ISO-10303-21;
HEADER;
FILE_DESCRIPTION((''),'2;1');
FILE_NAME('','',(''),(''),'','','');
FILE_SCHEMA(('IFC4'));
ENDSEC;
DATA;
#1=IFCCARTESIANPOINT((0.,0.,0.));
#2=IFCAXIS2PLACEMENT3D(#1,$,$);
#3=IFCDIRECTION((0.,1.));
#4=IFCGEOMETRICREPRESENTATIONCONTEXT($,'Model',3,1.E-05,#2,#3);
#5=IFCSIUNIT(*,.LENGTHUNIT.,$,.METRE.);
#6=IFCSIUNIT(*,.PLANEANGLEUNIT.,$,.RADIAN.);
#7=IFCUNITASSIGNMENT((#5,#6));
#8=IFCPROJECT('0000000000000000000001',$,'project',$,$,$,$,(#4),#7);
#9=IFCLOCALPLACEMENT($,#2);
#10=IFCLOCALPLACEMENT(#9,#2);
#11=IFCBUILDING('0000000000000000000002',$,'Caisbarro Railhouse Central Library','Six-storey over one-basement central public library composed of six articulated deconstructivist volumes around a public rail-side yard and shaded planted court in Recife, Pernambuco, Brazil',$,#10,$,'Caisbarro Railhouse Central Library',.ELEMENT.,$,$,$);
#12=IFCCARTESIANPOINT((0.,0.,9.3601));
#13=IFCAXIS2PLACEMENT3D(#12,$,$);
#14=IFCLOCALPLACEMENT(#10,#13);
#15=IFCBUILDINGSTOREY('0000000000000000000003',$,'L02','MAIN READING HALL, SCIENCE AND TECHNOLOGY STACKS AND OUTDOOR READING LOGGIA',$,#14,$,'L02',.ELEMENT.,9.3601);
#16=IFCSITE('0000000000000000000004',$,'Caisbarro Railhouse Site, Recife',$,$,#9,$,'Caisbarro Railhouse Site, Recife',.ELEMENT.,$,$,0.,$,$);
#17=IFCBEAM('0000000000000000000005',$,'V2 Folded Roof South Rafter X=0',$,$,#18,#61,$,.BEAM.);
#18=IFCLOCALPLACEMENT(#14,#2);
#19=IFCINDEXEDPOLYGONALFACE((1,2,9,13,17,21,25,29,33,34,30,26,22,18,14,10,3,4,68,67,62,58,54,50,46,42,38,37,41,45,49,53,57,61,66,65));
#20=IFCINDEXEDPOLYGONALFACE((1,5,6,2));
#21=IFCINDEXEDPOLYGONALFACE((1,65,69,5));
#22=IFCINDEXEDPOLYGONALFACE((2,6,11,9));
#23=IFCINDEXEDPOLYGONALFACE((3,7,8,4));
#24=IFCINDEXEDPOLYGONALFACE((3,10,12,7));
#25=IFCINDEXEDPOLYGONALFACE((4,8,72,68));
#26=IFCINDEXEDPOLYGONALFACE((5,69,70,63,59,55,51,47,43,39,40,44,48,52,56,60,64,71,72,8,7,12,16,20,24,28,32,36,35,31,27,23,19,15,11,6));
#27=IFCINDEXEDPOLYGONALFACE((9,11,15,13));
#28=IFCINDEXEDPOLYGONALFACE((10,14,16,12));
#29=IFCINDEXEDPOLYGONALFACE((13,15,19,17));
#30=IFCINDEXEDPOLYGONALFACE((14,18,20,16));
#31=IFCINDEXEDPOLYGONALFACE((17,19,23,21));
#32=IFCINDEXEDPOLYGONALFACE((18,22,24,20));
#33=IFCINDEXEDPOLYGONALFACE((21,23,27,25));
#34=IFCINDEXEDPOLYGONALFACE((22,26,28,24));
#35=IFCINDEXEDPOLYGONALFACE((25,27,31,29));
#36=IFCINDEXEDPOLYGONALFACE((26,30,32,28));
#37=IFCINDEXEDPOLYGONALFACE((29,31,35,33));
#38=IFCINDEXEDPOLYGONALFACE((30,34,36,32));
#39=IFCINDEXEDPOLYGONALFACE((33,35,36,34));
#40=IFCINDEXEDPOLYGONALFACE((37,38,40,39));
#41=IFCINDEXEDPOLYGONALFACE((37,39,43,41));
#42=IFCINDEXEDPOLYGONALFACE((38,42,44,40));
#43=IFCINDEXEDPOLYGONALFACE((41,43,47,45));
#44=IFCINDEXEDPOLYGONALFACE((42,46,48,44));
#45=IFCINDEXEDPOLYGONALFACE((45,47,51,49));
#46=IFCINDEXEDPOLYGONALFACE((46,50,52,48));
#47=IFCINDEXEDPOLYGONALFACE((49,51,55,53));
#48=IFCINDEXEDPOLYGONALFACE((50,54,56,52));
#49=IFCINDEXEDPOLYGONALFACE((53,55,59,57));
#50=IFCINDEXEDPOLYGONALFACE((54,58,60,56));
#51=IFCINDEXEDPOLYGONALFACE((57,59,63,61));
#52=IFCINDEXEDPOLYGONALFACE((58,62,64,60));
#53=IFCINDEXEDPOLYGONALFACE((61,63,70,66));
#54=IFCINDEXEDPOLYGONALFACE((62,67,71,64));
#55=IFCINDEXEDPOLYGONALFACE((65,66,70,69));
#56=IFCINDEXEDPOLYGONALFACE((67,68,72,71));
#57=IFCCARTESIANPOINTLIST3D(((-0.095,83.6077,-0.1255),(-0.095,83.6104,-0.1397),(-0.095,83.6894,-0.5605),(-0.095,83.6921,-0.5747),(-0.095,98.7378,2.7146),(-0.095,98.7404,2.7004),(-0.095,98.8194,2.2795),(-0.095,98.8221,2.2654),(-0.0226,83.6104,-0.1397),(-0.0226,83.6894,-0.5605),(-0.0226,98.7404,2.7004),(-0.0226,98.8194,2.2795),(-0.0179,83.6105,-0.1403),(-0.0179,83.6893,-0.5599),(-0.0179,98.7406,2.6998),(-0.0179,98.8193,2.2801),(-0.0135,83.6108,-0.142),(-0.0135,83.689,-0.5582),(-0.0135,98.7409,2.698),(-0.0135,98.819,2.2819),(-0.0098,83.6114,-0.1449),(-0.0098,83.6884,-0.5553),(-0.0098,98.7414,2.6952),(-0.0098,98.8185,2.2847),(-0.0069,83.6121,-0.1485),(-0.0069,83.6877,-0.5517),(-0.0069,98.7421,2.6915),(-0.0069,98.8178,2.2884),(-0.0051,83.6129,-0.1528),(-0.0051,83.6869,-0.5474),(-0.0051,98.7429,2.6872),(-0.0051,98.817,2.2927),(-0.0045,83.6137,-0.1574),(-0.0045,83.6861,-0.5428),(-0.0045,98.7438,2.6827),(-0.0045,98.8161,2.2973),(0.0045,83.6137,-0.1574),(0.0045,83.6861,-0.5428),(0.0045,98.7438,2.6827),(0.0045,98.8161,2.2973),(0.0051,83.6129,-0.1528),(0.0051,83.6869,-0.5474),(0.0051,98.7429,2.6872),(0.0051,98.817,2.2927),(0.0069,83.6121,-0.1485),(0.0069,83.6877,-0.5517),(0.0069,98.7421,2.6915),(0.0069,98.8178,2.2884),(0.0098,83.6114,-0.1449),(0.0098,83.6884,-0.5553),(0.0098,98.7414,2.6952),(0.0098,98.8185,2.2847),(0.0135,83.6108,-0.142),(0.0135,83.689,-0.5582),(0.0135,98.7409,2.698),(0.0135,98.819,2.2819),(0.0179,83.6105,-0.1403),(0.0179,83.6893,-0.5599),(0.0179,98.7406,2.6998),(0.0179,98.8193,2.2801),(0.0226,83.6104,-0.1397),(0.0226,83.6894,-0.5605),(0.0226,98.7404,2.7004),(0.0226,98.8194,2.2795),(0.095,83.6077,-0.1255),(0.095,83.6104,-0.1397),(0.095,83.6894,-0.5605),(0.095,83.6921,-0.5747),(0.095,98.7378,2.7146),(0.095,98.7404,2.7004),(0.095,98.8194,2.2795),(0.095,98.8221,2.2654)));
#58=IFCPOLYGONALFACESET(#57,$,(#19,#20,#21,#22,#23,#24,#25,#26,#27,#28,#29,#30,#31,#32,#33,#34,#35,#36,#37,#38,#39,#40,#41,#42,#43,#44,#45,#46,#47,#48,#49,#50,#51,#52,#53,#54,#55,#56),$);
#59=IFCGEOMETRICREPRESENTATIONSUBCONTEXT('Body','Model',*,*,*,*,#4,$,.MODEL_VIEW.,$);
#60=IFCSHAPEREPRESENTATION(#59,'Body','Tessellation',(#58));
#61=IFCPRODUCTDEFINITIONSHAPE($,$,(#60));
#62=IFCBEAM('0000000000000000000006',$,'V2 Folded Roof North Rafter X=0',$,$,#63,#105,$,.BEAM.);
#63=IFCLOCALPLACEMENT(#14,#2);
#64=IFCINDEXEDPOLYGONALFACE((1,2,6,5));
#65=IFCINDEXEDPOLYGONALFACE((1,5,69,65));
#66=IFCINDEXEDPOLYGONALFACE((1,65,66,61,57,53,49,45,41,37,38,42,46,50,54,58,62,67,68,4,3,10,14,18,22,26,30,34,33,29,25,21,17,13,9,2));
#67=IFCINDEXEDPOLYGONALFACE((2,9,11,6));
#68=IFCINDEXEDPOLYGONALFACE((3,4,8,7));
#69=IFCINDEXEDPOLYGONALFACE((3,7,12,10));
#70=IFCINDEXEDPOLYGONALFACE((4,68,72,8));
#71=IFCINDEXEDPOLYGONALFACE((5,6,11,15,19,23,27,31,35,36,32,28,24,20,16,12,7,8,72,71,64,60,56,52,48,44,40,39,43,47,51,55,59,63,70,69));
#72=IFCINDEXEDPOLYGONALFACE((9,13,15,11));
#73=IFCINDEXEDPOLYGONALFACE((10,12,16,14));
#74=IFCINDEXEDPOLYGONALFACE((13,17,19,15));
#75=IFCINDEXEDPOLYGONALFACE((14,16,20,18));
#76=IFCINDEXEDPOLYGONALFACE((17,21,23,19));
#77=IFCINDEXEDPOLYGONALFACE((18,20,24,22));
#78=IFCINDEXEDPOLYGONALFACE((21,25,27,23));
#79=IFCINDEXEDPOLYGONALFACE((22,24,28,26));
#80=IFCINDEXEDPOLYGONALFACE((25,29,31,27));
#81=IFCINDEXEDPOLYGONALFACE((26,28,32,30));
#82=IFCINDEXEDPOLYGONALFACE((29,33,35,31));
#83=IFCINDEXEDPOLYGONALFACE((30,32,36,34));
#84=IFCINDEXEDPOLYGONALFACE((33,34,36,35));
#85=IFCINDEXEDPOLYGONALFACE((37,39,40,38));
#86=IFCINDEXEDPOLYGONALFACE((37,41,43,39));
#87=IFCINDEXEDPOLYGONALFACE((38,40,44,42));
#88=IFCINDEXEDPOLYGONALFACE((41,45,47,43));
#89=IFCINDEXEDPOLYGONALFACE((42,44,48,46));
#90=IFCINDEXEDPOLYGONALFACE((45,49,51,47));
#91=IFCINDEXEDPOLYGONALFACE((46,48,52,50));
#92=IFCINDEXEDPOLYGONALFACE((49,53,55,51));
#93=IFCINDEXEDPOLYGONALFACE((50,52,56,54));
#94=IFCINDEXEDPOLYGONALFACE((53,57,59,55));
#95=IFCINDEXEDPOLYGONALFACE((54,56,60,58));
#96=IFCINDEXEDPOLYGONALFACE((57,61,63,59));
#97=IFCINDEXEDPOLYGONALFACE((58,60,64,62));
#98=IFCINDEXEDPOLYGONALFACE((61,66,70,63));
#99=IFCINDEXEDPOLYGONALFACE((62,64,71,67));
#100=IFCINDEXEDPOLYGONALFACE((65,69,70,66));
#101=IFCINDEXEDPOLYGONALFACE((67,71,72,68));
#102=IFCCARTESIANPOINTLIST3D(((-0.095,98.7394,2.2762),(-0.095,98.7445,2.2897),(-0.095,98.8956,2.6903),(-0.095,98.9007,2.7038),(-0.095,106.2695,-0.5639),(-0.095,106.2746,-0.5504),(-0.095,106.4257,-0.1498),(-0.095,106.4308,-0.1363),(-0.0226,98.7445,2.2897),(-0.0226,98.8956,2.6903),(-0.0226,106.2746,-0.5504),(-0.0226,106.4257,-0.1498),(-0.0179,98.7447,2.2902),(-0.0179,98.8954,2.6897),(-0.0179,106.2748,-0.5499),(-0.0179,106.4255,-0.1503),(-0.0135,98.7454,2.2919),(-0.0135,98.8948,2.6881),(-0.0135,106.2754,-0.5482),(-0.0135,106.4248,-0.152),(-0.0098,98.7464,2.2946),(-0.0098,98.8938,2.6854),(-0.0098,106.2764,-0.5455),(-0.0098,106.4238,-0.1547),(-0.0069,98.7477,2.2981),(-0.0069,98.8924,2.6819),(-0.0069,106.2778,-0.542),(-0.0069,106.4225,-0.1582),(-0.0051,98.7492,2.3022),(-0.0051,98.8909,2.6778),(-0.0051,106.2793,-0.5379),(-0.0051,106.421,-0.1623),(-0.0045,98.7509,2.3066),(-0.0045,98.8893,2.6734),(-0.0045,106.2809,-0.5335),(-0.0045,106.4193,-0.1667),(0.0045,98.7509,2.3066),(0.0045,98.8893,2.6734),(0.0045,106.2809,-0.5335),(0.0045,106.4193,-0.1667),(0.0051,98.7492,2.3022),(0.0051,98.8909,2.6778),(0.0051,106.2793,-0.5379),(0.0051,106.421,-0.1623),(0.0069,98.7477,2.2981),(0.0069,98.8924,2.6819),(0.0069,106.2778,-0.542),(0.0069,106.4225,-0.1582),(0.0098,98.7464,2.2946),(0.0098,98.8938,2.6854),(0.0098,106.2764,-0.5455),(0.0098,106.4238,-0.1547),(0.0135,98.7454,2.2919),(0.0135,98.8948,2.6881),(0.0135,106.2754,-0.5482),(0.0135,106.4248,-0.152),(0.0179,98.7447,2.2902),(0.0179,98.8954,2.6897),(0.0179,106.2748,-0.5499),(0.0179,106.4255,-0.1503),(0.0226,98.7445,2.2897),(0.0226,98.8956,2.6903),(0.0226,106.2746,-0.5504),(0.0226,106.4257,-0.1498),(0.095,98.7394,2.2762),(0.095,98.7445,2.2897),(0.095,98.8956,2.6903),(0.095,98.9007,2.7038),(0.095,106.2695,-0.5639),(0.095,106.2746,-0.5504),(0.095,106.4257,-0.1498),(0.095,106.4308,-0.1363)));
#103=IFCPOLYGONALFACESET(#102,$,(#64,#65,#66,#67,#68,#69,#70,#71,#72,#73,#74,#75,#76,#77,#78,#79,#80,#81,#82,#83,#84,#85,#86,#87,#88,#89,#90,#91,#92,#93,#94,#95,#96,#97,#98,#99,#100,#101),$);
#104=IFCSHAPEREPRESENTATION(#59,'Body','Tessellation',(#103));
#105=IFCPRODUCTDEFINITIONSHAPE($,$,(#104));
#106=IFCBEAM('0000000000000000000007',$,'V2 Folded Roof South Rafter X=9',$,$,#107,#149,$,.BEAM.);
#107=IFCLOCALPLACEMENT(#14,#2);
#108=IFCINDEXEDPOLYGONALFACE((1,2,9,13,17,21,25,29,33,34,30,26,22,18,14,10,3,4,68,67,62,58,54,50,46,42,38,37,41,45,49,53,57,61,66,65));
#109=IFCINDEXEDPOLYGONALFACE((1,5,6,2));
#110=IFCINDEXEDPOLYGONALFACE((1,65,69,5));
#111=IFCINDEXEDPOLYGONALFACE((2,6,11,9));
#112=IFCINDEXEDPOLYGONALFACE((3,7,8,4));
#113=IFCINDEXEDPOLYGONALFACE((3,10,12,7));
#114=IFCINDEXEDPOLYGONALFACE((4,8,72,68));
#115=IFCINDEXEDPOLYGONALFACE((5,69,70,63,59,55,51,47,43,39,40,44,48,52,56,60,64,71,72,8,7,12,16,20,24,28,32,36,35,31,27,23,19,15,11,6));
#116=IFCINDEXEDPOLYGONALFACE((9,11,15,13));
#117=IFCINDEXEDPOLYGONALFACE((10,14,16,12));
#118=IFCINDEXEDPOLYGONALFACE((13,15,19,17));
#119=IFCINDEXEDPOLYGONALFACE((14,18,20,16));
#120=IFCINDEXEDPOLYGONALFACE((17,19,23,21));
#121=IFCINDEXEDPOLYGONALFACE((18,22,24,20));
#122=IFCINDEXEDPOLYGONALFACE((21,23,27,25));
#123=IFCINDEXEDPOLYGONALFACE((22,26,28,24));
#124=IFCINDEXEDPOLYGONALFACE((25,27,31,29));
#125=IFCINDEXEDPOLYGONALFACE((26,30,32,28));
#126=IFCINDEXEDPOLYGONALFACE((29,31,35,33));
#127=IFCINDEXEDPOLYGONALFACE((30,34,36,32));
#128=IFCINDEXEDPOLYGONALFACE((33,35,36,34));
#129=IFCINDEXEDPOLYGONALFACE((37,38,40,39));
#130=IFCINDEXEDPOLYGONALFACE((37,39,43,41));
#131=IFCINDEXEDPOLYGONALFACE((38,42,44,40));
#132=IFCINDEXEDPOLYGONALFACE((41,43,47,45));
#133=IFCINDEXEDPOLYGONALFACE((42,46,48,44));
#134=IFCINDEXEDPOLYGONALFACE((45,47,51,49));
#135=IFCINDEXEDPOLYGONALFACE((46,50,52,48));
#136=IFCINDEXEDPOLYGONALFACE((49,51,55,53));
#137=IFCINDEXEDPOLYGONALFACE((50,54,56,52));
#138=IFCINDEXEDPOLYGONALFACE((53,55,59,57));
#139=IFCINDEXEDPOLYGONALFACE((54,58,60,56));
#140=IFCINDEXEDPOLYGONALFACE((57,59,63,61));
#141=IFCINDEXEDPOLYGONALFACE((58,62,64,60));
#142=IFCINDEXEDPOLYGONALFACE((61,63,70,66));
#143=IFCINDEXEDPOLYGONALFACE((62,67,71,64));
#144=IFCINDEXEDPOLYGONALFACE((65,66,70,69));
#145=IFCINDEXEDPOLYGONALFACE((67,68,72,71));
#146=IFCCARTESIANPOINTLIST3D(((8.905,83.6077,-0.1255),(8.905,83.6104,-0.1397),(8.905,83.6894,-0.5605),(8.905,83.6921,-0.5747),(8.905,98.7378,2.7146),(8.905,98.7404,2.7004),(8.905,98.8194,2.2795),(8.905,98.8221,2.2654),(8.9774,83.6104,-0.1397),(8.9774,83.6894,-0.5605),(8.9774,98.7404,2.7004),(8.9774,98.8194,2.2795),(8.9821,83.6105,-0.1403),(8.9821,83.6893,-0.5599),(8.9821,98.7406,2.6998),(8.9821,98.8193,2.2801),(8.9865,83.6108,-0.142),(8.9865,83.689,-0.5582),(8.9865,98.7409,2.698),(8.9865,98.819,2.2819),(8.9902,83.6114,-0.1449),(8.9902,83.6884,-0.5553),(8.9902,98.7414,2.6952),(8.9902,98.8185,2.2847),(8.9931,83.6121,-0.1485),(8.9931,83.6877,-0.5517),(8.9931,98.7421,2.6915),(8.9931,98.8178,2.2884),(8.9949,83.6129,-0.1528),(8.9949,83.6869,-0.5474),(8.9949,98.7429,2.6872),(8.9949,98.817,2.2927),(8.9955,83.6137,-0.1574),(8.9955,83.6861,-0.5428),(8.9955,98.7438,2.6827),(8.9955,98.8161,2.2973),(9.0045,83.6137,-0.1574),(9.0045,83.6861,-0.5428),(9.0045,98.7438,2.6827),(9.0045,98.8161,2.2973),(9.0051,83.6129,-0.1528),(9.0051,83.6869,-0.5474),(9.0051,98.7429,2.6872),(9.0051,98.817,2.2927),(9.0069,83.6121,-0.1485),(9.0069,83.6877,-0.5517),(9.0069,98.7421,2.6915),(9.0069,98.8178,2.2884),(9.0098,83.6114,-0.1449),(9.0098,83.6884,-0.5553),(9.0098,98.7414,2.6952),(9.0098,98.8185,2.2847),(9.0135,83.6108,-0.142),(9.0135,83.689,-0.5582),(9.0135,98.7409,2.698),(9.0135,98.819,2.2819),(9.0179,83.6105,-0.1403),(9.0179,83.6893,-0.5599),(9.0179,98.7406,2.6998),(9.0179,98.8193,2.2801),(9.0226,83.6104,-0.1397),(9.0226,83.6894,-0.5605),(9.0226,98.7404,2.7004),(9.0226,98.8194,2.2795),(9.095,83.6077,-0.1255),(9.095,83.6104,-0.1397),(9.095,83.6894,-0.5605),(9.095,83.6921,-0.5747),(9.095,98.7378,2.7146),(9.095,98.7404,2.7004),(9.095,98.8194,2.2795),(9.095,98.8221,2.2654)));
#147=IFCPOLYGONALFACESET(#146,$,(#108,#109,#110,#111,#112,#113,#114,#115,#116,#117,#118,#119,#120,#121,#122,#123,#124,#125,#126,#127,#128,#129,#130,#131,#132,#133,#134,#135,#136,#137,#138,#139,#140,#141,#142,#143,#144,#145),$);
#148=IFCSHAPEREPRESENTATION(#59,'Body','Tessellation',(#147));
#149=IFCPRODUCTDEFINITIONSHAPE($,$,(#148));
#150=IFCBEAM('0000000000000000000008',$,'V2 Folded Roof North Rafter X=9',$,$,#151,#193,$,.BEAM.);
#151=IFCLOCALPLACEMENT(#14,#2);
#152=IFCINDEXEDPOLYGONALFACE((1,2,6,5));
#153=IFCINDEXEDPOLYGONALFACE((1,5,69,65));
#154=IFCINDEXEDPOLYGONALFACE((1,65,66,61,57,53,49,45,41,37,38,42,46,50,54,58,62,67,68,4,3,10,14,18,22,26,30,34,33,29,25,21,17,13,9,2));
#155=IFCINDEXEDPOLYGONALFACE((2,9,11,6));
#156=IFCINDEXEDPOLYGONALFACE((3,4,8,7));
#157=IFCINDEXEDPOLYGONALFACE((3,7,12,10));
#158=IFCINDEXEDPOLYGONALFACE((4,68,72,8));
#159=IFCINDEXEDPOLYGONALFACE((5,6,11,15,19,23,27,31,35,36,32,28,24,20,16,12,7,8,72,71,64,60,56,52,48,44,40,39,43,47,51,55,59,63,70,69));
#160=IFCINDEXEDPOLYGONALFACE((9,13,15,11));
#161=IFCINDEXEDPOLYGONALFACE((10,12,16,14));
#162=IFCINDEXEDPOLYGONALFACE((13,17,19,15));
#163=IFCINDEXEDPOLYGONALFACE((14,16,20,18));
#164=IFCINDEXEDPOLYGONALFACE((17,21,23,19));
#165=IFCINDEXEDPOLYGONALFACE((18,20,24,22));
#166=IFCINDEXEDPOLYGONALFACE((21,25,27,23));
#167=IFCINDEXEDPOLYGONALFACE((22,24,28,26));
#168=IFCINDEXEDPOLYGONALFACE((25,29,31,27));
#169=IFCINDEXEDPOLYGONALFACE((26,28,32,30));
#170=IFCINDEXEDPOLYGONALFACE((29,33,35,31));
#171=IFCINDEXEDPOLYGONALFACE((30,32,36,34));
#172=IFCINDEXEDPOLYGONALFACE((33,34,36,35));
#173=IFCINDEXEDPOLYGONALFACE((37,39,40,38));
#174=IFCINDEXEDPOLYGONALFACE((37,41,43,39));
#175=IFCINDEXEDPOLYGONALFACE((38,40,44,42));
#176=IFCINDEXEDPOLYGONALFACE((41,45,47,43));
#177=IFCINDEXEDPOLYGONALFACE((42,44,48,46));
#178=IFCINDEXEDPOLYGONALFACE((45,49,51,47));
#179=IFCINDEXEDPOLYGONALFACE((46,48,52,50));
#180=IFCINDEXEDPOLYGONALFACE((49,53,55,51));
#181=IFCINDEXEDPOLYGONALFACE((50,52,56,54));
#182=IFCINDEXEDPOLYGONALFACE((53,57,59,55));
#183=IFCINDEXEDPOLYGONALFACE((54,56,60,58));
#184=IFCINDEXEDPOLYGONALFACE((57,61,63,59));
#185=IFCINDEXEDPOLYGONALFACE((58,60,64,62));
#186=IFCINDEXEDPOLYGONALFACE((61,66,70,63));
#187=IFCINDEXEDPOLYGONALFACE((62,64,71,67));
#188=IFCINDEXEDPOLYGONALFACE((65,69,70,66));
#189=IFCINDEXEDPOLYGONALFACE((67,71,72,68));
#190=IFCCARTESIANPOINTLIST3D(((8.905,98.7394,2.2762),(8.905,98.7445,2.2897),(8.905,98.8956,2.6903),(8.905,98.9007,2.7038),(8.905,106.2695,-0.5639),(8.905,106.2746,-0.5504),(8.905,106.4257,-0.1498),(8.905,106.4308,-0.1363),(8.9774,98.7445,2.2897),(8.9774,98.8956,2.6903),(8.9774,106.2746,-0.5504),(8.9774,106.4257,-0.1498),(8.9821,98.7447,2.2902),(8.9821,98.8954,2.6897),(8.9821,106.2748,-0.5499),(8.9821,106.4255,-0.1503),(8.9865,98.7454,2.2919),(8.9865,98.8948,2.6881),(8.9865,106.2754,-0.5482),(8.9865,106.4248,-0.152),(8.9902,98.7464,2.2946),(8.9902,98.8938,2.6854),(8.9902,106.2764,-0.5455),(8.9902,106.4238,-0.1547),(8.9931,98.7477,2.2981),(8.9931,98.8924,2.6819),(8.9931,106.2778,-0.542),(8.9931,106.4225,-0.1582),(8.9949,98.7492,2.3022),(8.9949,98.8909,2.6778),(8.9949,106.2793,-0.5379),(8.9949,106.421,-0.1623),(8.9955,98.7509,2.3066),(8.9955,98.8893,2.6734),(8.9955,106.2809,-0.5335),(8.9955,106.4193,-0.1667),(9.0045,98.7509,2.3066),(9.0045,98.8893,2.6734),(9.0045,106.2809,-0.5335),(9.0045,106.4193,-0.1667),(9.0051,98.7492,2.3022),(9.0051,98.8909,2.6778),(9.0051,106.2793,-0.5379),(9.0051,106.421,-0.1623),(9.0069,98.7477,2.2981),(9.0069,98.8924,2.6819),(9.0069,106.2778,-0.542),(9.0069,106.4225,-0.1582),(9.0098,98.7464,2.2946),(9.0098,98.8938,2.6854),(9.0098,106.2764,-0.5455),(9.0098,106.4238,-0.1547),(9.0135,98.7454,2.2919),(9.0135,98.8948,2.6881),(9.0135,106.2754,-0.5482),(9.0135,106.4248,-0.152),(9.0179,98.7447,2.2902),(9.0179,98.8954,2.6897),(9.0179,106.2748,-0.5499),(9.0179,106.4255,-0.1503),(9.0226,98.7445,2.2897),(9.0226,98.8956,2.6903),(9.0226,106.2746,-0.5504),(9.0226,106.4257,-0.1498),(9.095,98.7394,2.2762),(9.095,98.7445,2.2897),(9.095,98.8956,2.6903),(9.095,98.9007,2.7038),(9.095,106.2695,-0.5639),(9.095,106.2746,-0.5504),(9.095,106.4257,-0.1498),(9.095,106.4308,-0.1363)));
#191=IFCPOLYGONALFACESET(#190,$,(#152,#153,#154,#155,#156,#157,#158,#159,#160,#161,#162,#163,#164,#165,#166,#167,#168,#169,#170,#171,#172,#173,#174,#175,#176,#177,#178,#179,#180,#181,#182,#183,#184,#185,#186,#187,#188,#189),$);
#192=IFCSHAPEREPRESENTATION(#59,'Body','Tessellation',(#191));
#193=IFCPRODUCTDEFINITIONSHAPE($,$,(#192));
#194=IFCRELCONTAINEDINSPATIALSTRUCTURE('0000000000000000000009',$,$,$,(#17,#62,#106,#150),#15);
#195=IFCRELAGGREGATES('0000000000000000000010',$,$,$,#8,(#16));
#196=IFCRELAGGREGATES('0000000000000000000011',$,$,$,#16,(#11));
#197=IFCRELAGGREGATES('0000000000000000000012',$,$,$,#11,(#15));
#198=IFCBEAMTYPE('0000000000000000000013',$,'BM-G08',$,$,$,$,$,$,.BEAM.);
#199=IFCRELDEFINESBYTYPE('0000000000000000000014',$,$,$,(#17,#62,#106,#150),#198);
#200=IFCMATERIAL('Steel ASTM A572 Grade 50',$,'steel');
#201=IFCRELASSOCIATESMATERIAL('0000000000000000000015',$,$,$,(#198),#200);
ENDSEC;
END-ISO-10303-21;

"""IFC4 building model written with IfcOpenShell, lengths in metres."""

from ifc_helpers import new_model, si_unit, direction, frame, origin, origin_2d, place, context, subcontext, project, spatial, i_section, extrude, material, material_profile, profile_set, type_object, element, save


model = new_model("IFC4")

# Units and contexts
model_context = context("Model", 3, precision=1e-05, world=origin(), true_north=direction((0.0, 1.0)))
body_context = subcontext(model_context, "Body", "Model", "MODEL_VIEW")
ifc_project = project(units=[si_unit("LENGTHUNIT", "METRE"), si_unit("PLANEANGLEUNIT", "RADIAN")], contexts=[model_context])

# Site, building, storey
site_placement = place(None, origin())
site = spatial("IfcSite", under=ifc_project, at=site_placement, Name="Caisbarro Railhouse Site, Recife", LongName="Caisbarro Railhouse Site, Recife", CompositionType="ELEMENT", RefElevation=0.0)
building_placement = place(site_placement, origin())
building = spatial("IfcBuilding", under=site, at=building_placement, Name="Caisbarro Railhouse Central Library", Description="Six-storey over one-basement central public library composed of six articulated deconstructivist volumes around a public rail-side yard and shaded planted court in Recife, Pernambuco, Brazil", LongName="Caisbarro Railhouse Central Library", CompositionType="ELEMENT")
storey_placement = place(building_placement, frame((0.0, 0.0, 9.3601)))
storey = spatial("IfcBuildingStorey", under=building, at=storey_placement, Name="L02", Description="MAIN READING HALL, SCIENCE AND TECHNOLOGY STACKS AND OUTDOOR READING LOGGIA", LongName="L02", CompositionType="ELEMENT", Elevation=9.3601)

# Beams
ifc_material_1 = material(Name="Steel ASTM A572 Grade 50", Category="steel")
ifc_material_profile_1 = material_profile(ifc_material_1, i_section(OverallWidth=0.1899, OverallDepth=0.457, WebThickness=0.009, FlangeThickness=0.0144, FilletRadius=0.0181, at=origin_2d()), Name="W460X74.0")
ifc_profile_set_1 = profile_set([ifc_material_profile_1], Name="Steel ASTM A572 Grade 50")
beam_type = type_object("IfcBeamType", Name="BM-G08", PredefinedType="BEAM", material=ifc_profile_set_1)
beam_1_placement = place(storey_placement, frame((0.0, 83.6499, -0.3501), z_axis=(0.0, 0.982835, 0.184489), x_axis=(-1.0, 0.0, 0.0)))
element("IfcBeam", 1, at=beam_1_placement, inside=storey, type_object=beam_type, Name="V2 Folded Roof South Rafter X=0", PredefinedType="BEAM", context=body_context, shape_type="SweptSolid", body=[
    extrude(i_section(OverallWidth=0.1899, OverallDepth=0.457, WebThickness=0.009, FlangeThickness=0.0144, FilletRadius=0.0181, at=origin_2d()), origin(), (0.0, 0.0, 1.0), 15.3943),
])
beam_2_placement = place(storey_placement, frame((0.0, 98.8201, 2.49), z_axis=(0.0, 0.935661, -0.352901), x_axis=(-1.0, 0.0, 0.0)))
element("IfcBeam", 2, at=beam_2_placement, inside=storey, type_object=beam_type, Name="V2 Folded Roof North Rafter X=0", PredefinedType="BEAM", context=body_context, shape_type="SweptSolid", body=[
    extrude(i_section(OverallWidth=0.1899, OverallDepth=0.457, WebThickness=0.009, FlangeThickness=0.0144, FilletRadius=0.0181, at=origin_2d()), origin(), (0.0, 0.0, 1.0), 8.0479),
])
beam_3_placement = place(storey_placement, frame((9.0, 83.6499, -0.3501), z_axis=(0.0, 0.982835, 0.184489), x_axis=(-1.0, 0.0, 0.0)))
element("IfcBeam", 3, at=beam_3_placement, inside=storey, type_object=beam_type, Name="V2 Folded Roof South Rafter X=9", PredefinedType="BEAM", context=body_context, shape_type="SweptSolid", body=[
    extrude(i_section(OverallWidth=0.1899, OverallDepth=0.457, WebThickness=0.009, FlangeThickness=0.0144, FilletRadius=0.0181, at=origin_2d()), origin(), (0.0, 0.0, 1.0), 15.3943),
])
beam_4_placement = place(storey_placement, frame((9.0, 98.8201, 2.49), z_axis=(0.0, 0.935661, -0.352901), x_axis=(-1.0, 0.0, 0.0)))
element("IfcBeam", 4, at=beam_4_placement, inside=storey, type_object=beam_type, Name="V2 Folded Roof North Rafter X=9", PredefinedType="BEAM", context=body_context, shape_type="SweptSolid", body=[
    extrude(i_section(OverallWidth=0.1899, OverallDepth=0.457, WebThickness=0.009, FlangeThickness=0.0144, FilletRadius=0.0181, at=origin_2d()), origin(), (0.0, 0.0, 1.0), 8.0479),
])

save(model, "model.ifc")
